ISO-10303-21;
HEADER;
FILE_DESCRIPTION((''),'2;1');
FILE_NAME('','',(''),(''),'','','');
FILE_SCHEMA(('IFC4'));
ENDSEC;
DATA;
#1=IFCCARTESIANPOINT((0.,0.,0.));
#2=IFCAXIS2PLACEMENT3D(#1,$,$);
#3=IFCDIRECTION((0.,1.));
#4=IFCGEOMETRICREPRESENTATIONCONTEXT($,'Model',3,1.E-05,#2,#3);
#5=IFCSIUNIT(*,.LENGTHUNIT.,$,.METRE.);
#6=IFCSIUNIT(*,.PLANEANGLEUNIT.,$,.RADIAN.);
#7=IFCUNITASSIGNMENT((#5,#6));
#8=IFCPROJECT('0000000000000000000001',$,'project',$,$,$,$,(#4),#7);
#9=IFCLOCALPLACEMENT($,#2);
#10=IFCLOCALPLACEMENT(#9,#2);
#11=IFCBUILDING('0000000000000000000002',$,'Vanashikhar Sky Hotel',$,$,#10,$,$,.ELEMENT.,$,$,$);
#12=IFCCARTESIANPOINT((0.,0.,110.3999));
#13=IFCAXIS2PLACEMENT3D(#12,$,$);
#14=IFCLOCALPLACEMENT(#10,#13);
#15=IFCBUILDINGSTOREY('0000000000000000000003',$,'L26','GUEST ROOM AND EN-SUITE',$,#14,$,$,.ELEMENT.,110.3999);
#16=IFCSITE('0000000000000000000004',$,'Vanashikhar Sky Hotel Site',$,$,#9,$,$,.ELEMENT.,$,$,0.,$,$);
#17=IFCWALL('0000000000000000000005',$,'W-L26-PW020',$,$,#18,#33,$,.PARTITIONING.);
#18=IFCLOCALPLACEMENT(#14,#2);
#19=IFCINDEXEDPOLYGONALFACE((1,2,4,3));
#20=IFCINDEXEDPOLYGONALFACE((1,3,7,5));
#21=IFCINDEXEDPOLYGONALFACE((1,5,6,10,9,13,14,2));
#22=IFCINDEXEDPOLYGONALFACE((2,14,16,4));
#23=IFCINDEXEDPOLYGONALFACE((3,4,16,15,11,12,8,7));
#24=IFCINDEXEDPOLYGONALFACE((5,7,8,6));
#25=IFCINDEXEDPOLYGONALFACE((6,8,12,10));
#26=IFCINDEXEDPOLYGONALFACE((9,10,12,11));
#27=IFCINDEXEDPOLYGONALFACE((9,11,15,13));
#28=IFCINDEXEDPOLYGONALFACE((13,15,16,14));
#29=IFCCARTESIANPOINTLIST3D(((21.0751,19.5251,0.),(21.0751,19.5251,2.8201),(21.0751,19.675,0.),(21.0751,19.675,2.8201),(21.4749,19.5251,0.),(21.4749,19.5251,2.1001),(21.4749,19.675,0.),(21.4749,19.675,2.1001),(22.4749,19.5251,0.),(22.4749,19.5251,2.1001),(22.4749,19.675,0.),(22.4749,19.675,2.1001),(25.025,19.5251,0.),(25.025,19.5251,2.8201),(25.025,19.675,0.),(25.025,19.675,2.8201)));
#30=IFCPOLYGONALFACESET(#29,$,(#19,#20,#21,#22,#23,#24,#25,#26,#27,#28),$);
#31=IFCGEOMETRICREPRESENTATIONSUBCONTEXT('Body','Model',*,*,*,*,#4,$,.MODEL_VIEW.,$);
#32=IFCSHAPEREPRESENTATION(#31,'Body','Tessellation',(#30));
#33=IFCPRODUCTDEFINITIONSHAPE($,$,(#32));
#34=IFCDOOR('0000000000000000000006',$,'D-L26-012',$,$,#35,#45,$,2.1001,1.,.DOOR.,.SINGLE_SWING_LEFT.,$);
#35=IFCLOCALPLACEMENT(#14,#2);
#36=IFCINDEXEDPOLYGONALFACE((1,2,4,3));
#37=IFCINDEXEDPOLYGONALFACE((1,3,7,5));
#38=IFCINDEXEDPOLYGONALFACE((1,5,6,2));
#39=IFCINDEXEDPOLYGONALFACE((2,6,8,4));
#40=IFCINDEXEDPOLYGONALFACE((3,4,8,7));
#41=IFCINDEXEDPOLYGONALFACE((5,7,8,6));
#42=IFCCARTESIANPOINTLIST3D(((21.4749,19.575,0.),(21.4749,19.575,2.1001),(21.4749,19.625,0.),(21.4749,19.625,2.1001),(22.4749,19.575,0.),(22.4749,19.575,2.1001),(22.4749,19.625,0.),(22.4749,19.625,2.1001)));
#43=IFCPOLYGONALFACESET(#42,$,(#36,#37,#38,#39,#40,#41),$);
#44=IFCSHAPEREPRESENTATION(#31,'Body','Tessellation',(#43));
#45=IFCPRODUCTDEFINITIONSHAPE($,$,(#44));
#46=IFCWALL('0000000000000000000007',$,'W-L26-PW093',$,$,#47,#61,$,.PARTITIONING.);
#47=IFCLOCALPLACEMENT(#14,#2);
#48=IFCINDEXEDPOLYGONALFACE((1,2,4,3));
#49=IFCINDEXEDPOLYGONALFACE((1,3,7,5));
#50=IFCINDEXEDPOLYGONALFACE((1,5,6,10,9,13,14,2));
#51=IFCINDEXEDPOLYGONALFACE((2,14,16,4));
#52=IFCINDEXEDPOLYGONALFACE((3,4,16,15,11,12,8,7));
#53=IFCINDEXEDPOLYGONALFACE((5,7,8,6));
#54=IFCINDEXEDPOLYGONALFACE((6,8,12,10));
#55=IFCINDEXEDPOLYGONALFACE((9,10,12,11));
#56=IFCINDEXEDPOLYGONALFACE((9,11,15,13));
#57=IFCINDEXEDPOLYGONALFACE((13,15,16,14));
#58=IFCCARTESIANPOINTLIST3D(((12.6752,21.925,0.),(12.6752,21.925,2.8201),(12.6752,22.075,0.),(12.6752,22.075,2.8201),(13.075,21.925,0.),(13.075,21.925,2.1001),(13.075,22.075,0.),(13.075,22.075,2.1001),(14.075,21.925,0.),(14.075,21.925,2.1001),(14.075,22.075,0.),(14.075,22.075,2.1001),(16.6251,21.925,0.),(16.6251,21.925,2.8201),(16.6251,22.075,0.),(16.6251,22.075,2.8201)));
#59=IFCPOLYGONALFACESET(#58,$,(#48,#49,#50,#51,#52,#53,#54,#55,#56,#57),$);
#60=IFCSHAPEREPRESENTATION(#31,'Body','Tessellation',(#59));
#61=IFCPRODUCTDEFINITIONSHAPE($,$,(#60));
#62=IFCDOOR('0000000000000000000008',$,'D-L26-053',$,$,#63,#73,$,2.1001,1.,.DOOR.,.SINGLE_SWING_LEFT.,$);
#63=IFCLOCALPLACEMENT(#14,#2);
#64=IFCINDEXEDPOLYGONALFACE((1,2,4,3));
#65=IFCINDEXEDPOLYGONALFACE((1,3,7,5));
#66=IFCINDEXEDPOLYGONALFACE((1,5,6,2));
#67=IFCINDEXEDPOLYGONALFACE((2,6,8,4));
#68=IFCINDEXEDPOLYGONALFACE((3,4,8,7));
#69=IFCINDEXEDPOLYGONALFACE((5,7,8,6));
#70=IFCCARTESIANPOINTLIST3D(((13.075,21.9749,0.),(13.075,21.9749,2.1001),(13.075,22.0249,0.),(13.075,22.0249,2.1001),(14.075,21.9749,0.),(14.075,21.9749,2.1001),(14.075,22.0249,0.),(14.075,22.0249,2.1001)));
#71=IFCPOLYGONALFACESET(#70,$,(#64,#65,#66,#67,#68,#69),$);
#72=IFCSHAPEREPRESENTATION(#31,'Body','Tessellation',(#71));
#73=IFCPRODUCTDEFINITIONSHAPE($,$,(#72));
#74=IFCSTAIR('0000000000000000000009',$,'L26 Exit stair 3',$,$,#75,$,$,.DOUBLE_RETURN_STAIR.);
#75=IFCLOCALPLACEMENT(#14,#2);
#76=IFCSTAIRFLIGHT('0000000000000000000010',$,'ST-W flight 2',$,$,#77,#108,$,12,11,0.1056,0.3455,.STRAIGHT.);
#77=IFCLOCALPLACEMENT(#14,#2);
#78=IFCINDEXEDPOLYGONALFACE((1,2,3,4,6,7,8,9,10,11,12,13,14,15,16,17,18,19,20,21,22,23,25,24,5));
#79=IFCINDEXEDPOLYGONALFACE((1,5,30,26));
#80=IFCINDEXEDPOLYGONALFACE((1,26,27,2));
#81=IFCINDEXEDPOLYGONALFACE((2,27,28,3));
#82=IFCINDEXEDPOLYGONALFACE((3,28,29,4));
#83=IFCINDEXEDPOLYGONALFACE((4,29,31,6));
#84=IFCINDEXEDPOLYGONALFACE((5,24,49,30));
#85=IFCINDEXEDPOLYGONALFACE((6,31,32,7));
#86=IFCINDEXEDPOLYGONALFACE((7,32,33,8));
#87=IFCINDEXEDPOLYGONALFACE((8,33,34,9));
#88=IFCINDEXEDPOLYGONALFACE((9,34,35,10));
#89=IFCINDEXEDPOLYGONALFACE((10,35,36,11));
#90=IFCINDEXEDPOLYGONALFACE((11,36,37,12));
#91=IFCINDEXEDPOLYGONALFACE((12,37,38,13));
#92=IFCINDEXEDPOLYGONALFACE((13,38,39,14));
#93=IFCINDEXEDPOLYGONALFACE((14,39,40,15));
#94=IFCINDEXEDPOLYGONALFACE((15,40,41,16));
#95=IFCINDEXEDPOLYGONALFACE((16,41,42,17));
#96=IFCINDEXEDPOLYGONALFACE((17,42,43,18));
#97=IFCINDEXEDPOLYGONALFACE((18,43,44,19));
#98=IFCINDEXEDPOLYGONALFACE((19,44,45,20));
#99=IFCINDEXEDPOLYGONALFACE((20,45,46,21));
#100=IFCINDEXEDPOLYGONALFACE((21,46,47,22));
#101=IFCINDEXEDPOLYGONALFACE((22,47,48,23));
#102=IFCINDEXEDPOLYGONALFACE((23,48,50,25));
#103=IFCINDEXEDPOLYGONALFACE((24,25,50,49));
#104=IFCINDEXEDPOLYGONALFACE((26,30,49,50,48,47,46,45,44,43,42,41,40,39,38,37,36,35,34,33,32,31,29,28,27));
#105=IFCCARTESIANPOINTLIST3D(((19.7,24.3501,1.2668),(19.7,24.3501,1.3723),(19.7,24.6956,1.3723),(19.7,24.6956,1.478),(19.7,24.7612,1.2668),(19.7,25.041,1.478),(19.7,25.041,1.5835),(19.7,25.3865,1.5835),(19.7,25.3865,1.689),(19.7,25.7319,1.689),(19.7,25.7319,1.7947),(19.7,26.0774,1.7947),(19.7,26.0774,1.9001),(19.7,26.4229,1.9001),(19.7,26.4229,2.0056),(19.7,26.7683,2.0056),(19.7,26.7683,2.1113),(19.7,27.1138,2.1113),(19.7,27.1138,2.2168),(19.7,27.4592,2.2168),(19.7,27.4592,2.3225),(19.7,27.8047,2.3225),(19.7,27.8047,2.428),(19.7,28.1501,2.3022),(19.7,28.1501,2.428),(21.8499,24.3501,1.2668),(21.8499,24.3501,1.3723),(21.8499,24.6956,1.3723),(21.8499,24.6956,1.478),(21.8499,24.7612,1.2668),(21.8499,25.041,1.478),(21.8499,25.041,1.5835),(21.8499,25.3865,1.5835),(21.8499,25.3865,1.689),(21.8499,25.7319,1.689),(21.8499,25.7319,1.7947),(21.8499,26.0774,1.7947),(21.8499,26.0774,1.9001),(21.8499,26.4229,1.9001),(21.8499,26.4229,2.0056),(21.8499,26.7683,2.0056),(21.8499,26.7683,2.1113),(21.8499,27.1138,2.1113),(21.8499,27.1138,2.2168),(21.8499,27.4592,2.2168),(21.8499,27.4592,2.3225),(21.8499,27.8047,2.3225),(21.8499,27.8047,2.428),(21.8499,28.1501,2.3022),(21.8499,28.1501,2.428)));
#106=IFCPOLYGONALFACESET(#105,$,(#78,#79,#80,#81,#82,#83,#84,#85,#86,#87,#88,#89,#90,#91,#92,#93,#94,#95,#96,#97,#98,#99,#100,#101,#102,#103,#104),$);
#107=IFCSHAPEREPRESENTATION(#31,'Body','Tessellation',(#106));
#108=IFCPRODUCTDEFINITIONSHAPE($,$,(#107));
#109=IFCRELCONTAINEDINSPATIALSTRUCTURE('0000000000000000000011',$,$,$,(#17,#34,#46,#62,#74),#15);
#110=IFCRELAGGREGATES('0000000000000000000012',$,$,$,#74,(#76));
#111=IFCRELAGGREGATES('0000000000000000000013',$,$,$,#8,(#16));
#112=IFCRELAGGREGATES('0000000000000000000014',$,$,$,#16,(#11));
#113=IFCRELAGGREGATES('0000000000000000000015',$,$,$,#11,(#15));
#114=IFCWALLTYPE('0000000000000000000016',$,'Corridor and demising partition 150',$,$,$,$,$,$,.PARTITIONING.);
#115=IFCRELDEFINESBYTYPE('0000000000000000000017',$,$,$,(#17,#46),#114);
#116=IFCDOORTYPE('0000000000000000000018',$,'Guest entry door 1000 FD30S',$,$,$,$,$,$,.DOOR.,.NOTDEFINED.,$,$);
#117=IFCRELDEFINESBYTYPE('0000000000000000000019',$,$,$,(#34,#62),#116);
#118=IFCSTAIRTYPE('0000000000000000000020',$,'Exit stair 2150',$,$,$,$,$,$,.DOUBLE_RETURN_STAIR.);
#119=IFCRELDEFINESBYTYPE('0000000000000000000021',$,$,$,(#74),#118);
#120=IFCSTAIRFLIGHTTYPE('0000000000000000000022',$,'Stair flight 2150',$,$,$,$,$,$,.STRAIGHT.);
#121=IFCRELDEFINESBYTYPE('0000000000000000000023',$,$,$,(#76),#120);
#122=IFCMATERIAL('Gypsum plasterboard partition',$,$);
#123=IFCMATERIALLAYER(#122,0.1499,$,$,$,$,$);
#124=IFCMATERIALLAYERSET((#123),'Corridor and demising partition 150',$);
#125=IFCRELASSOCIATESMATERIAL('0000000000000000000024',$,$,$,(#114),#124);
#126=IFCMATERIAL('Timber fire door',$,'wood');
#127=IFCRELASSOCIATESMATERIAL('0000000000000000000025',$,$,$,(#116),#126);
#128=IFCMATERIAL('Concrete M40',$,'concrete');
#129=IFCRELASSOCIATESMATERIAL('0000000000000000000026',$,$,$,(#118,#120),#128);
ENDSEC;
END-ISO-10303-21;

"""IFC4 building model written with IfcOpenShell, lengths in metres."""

from ifc_helpers import new_model, si_unit, direction, frame, frame_2d, origin, place, context, subcontext, project, spatial, polyline, rectangle, outline, extrude, source, transform, mapped, material, layer, layer_set, type_object, element, fill, aggregate, save


model = new_model("IFC4")

# Units and contexts
model_context = context("Model", 3, precision=1e-05, world=origin(), true_north=direction((0.0, 1.0)))
body_context = subcontext(model_context, "Body", "Model", "MODEL_VIEW")
ifc_project = project(units=[si_unit("LENGTHUNIT", "METRE"), si_unit("PLANEANGLEUNIT", "RADIAN")], contexts=[model_context])

# Site, building, storey
site_placement = place(None, origin())
site = spatial("IfcSite", under=ifc_project, at=site_placement, Name="Vanashikhar Sky Hotel Site", CompositionType="ELEMENT", RefElevation=0.0)
building_placement = place(site_placement, origin())
building = spatial("IfcBuilding", under=site, at=building_placement, Name="Vanashikhar Sky Hotel", CompositionType="ELEMENT")
storey_placement = place(building_placement, frame((0.0, 0.0, 110.3999)))
storey = spatial("IfcBuildingStorey", under=building, at=storey_placement, Name="L26", Description="GUEST ROOM AND EN-SUITE", CompositionType="ELEMENT", Elevation=110.3999)

# Shared definitions
ifc_material_1 = material(Name="Gypsum plasterboard partition")

# Walls, openings, doors
ifc_layer_1 = layer(ifc_material_1, 0.1499)
ifc_layer_set_1 = layer_set([ifc_layer_1], Name="Corridor and demising partition 150")
wall_type_1 = type_object("IfcWallType", Name="Corridor and demising partition 150", PredefinedType="PARTITIONING", material=ifc_layer_set_1)
shared_shape_1 = source(origin(), body_context, "Body", "SweptSolid", [
    extrude(rectangle(XDim=3.95, YDim=0.1499, at=frame_2d((1.9751, 0.0))), origin(), (0.0, 0.0, 1.0), 2.8201),
])
shared_shape_2 = source(origin(), body_context, "Body", "SweptSolid", [
    extrude(rectangle(XDim=1.0, YDim=2.1001, at=frame_2d((0.5, 1.05))), frame((0.0, 0.085, 0.0), z_axis=(0.0, -1.0, 0.0), x_axis=(1.0, 0.0, 0.0)), (0.0, 0.0, 1.0), 0.1699),
])
ifc_material_2 = material(Name="Timber fire door", Category="wood")
door_type_1 = type_object("IfcDoorType", Name="Guest entry door 1000 FD30S", OperationType="NOTDEFINED", PredefinedType="DOOR", material=ifc_material_2)
shared_shape_3 = source(origin(), body_context, "Body", "SweptSolid", [
    extrude(rectangle(XDim=1.0, YDim=2.1001, at=frame_2d((0.5, 1.05))), frame((0.0, 0.0249, 0.0), z_axis=(0.0, -1.0, 0.0), x_axis=(1.0, 0.0, 0.0)), (0.0, 0.0, 1.0), 0.05),
])
wall_1_placement = place(storey_placement, frame((21.075, 19.6001, 0.0), z_axis=(0.0, 0.0, 1.0), x_axis=(1.0, 0.0, 0.0)))
wall_1 = element("IfcWall", 1, at=wall_1_placement, inside=storey, type_object=wall_type_1, Name="W-L26-PW020", PredefinedType="PARTITIONING", context=body_context, shape_type="MappedRepresentation", body=[
    mapped(shared_shape_1, transform((0.0, 0.0, 0.0), scale=1.0)),
])
opening_1_placement = place(wall_1_placement, frame((0.3999, 0.0, 0.0)))
opening_1 = element("IfcOpeningElement", 2, at=opening_1_placement, cuts=wall_1, PredefinedType="OPENING", context=body_context, shape_type="MappedRepresentation", body=[
    mapped(shared_shape_2, transform((0.0, 0.0, 0.0), scale=1.0)),
])
door_1_placement = place(opening_1_placement, origin())
door_1 = element("IfcDoor", 3, at=door_1_placement, inside=storey, type_object=door_type_1, Name="D-L26-012", OperationType="SINGLE_SWING_LEFT", OverallHeight=2.1001, OverallWidth=1.0, PredefinedType="DOOR", context=body_context, shape_type="MappedRepresentation", body=[
    mapped(shared_shape_3, transform((0.0, 0.0, 0.0), scale=1.0)),
])
fill(opening_1, door_1)
wall_2_placement = place(storey_placement, frame((12.675, 22.0, 0.0), z_axis=(0.0, 0.0, 1.0), x_axis=(1.0, 0.0, 0.0)))
wall_2 = element("IfcWall", 4, at=wall_2_placement, inside=storey, type_object=wall_type_1, Name="W-L26-PW093", PredefinedType="PARTITIONING", context=body_context, shape_type="MappedRepresentation", body=[
    mapped(shared_shape_1, transform((0.0, 0.0, 0.0), scale=1.0)),
])
opening_2_placement = place(wall_2_placement, frame((0.3999, 0.0, 0.0)))
opening_2 = element("IfcOpeningElement", 5, at=opening_2_placement, cuts=wall_2, PredefinedType="OPENING", context=body_context, shape_type="MappedRepresentation", body=[
    mapped(shared_shape_2, transform((0.0, 0.0, 0.0), scale=1.0)),
])
door_2_placement = place(opening_2_placement, origin())
door_2 = element("IfcDoor", 6, at=door_2_placement, inside=storey, type_object=door_type_1, Name="D-L26-053", OperationType="SINGLE_SWING_LEFT", OverallHeight=2.1001, OverallWidth=1.0, PredefinedType="DOOR", context=body_context, shape_type="MappedRepresentation", body=[
    mapped(shared_shape_3, transform((0.0, 0.0, 0.0), scale=1.0)),
])
fill(opening_2, door_2)

# Stair, stair flight
ifc_material_3 = material(Name="Concrete M40", Category="concrete")
stair_type = type_object("IfcStairType", Name="Exit stair 2150", PredefinedType="DOUBLE_RETURN_STAIR", material=ifc_material_3)
stair_placement = place(storey_placement, origin())
stair = element("IfcStair", 7, at=stair_placement, inside=storey, type_object=stair_type, Name="L26 Exit stair 3", PredefinedType="DOUBLE_RETURN_STAIR")
stair_flight_type = type_object("IfcStairFlightType", Name="Stair flight 2150", PredefinedType="STRAIGHT", material=ifc_material_3)
shared_shape_4 = source(origin(), body_context, "Body", "SweptSolid", [
    extrude(outline(polyline([(0.0, 0.0), (0.0, 0.1055), (0.3455, 0.1055), (0.3455, 0.2112), (0.6909, 0.2112), (0.6909, 0.3167), (1.0364, 0.3167), (1.0364, 0.4221), (1.3818, 0.4221), (1.3818, 0.5278), (1.7273, 0.5278), (1.7273, 0.6333), (2.0728, 0.6333), (2.0728, 0.7388), (2.4182, 0.7388), (2.4182, 0.8445), (2.7637, 0.8445), (2.7637, 0.95), (3.1091, 0.95), (3.1091, 1.0557), (3.4546, 1.0557), (3.4546, 1.1611), (3.8, 1.1611), (3.8, 1.2666), (3.8, 1.0354), (0.4111, 0.0), (0.0, 0.0)])), frame((0.0, 1.075, 0.0), z_axis=(0.0, -1.0, 0.0), x_axis=(1.0, 0.0, 0.0)), (0.0, 0.0, 1.0), 2.1499),
])
stair_flight_placement = place(storey_placement, frame((20.7749, 24.3501, 1.2668), z_axis=(0.0, 0.0, 1.0), x_axis=(0.0, 1.0, 0.0)))
stair_flight = element("IfcStairFlight", 8, at=stair_flight_placement, type_object=stair_flight_type, Name="ST-W flight 2", NumberOfRisers=12, NumberOfTreads=11, PredefinedType="STRAIGHT", RiserHeight=0.1056, TreadLength=0.3455, context=body_context, shape_type="MappedRepresentation", body=[
    mapped(shared_shape_4, transform((0.0, 0.0, 0.0), scale=1.0)),
])
aggregate(stair, [stair_flight])

save(model, "model.ifc")
